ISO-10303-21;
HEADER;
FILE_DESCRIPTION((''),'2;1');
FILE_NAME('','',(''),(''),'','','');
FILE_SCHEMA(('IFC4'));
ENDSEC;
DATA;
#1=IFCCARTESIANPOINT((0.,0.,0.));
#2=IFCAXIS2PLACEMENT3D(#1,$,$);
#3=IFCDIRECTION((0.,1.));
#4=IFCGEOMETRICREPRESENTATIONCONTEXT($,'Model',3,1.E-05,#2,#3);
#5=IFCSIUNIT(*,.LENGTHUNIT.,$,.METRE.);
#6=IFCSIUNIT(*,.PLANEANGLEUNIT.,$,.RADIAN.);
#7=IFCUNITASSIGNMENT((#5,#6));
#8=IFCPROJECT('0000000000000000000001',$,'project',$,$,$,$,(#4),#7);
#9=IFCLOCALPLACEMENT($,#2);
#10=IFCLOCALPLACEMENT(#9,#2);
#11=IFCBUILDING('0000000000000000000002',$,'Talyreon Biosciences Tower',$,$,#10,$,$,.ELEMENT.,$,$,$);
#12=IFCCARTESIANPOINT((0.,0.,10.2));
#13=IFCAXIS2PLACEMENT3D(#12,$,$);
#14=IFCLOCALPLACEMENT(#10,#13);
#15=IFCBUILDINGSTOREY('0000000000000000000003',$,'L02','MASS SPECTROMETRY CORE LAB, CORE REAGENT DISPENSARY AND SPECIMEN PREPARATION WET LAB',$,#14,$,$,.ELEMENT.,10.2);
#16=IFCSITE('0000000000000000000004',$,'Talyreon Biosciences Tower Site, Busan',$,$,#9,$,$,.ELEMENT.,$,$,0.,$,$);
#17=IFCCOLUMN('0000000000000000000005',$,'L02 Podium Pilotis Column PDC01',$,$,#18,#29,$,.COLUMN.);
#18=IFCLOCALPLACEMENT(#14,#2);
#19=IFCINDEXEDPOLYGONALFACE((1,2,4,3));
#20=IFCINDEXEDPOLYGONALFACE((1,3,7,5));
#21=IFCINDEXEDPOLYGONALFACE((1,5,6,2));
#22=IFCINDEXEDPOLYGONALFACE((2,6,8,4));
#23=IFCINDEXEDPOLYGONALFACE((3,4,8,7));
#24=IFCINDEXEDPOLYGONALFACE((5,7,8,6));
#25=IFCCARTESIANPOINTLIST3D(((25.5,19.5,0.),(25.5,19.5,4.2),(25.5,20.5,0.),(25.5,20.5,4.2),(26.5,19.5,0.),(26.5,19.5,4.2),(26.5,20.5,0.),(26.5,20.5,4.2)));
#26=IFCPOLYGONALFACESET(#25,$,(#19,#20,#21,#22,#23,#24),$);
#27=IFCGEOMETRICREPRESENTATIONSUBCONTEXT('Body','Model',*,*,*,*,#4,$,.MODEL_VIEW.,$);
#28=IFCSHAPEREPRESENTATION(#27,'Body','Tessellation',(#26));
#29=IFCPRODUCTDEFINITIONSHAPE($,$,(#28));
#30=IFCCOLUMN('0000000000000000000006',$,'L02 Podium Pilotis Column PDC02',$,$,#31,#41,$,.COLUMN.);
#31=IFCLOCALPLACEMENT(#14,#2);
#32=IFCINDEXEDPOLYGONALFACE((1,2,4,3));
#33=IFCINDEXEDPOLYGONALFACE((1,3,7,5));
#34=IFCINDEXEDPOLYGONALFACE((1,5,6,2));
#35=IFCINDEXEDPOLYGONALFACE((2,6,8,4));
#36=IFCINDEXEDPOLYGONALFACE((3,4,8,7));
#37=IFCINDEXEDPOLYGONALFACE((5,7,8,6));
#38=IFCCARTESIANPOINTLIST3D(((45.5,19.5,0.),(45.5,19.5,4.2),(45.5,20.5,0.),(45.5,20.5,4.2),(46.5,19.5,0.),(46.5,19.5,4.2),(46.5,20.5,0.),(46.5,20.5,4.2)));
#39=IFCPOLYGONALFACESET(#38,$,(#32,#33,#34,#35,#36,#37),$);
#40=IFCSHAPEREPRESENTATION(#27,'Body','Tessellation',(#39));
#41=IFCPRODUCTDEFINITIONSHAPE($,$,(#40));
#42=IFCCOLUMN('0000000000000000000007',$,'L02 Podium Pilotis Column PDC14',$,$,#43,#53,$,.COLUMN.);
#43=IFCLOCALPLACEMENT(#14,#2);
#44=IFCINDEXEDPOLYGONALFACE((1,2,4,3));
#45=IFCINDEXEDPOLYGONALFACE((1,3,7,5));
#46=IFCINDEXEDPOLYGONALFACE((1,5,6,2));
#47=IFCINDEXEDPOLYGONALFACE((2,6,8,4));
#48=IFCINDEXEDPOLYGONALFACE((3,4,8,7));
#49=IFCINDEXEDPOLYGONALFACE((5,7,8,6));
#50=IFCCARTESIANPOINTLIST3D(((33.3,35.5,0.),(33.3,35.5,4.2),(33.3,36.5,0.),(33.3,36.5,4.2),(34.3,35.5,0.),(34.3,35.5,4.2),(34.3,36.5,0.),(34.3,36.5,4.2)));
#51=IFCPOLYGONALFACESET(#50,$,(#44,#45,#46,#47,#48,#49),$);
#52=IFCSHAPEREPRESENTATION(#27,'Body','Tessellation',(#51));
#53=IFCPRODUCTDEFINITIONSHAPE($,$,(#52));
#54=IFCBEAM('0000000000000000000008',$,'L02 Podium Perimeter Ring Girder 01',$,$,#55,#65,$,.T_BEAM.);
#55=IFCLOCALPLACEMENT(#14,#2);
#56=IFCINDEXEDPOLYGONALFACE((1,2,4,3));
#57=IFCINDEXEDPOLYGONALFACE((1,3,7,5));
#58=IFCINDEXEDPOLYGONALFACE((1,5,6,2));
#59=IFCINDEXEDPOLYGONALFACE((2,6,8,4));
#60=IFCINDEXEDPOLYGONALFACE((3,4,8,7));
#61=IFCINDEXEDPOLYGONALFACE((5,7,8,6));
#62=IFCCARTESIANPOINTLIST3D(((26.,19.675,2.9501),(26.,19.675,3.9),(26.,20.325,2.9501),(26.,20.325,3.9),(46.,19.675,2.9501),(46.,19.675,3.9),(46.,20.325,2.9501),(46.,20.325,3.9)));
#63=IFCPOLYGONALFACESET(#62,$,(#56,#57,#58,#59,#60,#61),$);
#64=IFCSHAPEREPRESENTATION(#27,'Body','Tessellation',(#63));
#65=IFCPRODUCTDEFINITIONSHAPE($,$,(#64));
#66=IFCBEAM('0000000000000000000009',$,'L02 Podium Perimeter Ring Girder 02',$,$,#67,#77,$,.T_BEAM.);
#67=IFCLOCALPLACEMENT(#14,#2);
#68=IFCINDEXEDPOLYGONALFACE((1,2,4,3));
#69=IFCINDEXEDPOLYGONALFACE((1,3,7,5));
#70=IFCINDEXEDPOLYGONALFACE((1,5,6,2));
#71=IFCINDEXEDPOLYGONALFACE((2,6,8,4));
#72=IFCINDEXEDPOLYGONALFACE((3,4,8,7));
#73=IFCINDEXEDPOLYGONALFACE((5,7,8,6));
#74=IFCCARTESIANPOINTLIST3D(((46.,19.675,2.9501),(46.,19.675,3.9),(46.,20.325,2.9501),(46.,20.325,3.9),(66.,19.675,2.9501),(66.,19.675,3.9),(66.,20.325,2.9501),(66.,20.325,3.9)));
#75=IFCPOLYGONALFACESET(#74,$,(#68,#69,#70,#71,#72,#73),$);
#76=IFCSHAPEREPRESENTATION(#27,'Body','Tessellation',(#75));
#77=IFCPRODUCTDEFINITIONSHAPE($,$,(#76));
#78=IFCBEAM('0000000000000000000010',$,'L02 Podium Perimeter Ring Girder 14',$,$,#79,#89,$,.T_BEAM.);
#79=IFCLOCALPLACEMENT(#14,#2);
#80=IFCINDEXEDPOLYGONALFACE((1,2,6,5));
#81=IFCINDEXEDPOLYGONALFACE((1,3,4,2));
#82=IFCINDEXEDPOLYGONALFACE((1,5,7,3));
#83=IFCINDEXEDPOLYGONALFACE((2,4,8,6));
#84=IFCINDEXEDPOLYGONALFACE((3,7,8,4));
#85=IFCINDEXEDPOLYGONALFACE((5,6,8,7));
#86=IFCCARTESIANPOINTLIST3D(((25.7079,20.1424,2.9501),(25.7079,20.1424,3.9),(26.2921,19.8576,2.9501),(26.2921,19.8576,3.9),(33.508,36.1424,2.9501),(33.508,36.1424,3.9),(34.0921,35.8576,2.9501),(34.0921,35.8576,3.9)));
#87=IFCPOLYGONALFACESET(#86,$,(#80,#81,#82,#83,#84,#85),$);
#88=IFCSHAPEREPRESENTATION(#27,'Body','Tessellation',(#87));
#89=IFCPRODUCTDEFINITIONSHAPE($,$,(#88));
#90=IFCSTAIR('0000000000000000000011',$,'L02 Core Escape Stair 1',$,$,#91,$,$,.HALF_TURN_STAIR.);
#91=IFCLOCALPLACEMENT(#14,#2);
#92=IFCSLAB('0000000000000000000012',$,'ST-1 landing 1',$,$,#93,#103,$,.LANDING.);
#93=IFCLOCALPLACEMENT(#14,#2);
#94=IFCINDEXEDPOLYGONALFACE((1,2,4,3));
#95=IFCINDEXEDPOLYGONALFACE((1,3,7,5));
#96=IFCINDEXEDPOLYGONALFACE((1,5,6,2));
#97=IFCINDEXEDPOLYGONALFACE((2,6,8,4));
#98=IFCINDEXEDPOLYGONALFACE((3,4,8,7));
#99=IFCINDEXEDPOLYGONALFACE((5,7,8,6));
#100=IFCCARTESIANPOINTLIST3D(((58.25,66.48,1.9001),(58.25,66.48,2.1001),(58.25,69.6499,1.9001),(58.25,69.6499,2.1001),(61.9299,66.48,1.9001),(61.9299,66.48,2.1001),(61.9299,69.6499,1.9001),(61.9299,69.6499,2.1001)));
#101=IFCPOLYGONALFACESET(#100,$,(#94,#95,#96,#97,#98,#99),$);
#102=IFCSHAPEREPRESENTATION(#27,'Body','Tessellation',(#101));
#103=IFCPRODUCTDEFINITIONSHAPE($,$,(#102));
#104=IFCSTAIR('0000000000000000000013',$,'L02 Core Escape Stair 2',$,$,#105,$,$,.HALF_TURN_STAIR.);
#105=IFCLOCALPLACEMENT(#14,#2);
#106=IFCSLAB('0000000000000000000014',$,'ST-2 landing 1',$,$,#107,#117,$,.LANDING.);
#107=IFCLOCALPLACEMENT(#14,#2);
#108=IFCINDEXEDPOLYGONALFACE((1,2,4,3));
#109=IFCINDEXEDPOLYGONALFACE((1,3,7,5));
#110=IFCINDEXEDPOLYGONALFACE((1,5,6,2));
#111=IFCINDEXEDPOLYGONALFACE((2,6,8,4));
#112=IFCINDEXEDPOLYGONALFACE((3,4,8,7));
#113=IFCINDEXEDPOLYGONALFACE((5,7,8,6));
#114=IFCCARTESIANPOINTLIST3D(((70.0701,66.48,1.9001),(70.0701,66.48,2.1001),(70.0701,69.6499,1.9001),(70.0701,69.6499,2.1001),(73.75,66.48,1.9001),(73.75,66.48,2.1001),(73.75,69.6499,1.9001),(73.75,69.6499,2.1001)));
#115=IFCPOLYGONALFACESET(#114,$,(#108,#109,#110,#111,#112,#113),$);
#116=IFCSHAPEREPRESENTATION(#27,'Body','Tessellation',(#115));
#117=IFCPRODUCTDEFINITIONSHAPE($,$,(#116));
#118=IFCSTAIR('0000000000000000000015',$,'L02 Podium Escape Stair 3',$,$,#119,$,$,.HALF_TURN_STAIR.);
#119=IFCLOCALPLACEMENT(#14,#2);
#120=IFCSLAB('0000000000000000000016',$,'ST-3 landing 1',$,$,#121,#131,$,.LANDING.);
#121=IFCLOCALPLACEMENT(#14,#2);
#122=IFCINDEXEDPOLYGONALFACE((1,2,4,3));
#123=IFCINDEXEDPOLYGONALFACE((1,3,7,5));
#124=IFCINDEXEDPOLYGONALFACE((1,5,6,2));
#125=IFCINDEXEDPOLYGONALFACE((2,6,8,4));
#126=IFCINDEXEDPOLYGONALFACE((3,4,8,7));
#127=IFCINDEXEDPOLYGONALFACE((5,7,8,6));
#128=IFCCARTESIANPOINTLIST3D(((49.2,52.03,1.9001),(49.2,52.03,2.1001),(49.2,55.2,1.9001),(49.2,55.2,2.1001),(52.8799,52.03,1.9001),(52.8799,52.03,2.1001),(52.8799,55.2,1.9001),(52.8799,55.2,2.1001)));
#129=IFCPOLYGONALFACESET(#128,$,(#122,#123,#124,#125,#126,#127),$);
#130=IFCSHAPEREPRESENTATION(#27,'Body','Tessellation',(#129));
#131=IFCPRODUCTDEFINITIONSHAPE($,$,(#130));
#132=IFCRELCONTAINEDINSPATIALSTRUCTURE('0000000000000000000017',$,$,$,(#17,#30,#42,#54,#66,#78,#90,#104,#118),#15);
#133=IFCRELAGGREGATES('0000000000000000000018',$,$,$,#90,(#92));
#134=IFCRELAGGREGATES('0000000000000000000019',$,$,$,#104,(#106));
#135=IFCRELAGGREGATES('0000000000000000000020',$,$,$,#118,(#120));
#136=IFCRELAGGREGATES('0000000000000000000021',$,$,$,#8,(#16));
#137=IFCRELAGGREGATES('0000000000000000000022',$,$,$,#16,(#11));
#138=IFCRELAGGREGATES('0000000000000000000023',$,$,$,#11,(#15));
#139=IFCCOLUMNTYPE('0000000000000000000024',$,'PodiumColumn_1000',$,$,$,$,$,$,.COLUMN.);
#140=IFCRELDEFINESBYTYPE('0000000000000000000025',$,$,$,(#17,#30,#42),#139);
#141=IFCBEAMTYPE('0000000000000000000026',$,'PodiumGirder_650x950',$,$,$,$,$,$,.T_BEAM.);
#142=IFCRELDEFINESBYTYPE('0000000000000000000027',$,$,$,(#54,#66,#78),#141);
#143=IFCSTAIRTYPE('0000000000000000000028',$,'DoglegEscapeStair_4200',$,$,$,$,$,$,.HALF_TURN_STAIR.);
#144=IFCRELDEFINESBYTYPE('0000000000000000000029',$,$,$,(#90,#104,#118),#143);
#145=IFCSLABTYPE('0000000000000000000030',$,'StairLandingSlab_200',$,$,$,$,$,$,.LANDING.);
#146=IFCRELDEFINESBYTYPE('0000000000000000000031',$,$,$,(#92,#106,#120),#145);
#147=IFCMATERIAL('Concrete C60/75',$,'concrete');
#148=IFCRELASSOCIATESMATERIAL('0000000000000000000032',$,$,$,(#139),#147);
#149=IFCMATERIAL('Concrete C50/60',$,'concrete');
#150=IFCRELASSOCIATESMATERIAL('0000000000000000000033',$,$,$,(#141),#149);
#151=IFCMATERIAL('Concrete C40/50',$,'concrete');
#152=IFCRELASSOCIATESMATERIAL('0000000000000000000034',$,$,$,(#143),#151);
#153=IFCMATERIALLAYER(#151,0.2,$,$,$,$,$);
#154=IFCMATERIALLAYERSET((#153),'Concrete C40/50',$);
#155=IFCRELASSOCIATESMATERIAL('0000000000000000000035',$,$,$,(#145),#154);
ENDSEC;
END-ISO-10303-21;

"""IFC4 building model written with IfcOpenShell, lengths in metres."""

from ifc_helpers import new_model, si_unit, direction, frame, origin, origin_2d, place, context, subcontext, project, spatial, polyline, rectangle, outline, extrude, material, layer, layer_set, material_profile, profile_set, type_object, element, aggregate, save


model = new_model("IFC4")

# Units and contexts
model_context = context("Model", 3, precision=1e-05, world=origin(), true_north=direction((0.0, 1.0)))
body_context = subcontext(model_context, "Body", "Model", "MODEL_VIEW")
ifc_project = project(units=[si_unit("LENGTHUNIT", "METRE"), si_unit("PLANEANGLEUNIT", "RADIAN")], contexts=[model_context])

# Site, building, storey
site_placement = place(None, origin())
site = spatial("IfcSite", under=ifc_project, at=site_placement, Name="Talyreon Biosciences Tower Site, Busan", CompositionType="ELEMENT", RefElevation=0.0)
building_placement = place(site_placement, origin())
building = spatial("IfcBuilding", under=site, at=building_placement, Name="Talyreon Biosciences Tower", CompositionType="ELEMENT")
storey_placement = place(building_placement, frame((0.0, 0.0, 10.2)))
storey = spatial("IfcBuildingStorey", under=building, at=storey_placement, Name="L02", Description="MASS SPECTROMETRY CORE LAB, CORE REAGENT DISPENSARY AND SPECIMEN PREPARATION WET LAB", CompositionType="ELEMENT", Elevation=10.2)

# Columns
ifc_material_1 = material(Name="Concrete C60/75", Category="concrete")
ifc_material_profile_1 = material_profile(ifc_material_1, rectangle(XDim=1.0, YDim=1.0, at=origin_2d()), Name="RC 1000x1000")
ifc_profile_set_1 = profile_set([ifc_material_profile_1], Name="Concrete C60/75")
column_type = type_object("IfcColumnType", Name="PodiumColumn_1000", PredefinedType="COLUMN", material=ifc_profile_set_1)
for number, where, z_axis, x_axis, name in (
    (1, (26.0, 20.0, 0.0), (0.0, 0.0, 1.0), (1.0, 0.0, 0.0), "L02 Podium Pilotis Column PDC01"),
    (2, (46.0, 20.0, 0.0), (0.0, 0.0, 1.0), (1.0, 0.0, 0.0), "L02 Podium Pilotis Column PDC02"),
    (3, (33.8, 36.0, 0.0), (0.0, 0.0, 1.0), (1.0, 0.0, 0.0), "L02 Podium Pilotis Column PDC14"),
):
    element("IfcColumn", number, at=place(storey_placement, frame(where, z_axis=z_axis, x_axis=x_axis)), inside=storey, type_object=column_type, Name=name, PredefinedType="COLUMN", context=body_context, shape_type="SweptSolid", body=[
        extrude(rectangle(XDim=1.0, YDim=1.0, at=origin_2d()), origin(), (0.0, 0.0, 1.0), 4.2),
    ])

# Beams
ifc_material_2 = material(Name="Concrete C50/60", Category="concrete")
ifc_material_profile_2 = material_profile(ifc_material_2, rectangle(XDim=0.6499, YDim=0.95, at=origin_2d()), Name="RCB 650x950")
ifc_profile_set_2 = profile_set([ifc_material_profile_2], Name="Concrete C50/60")
beam_type = type_object("IfcBeamType", Name="PodiumGirder_650x950", PredefinedType="T_BEAM", material=ifc_profile_set_2)
for number, where, z_axis, x_axis, name in (
    (4, (26.0, 20.0, 3.425), (1.0, 0.0, 0.0), (0.0, 1.0, 0.0), "L02 Podium Perimeter Ring Girder 01"),
    (5, (46.0, 20.0, 3.425), (1.0, 0.0, 0.0), (0.0, 1.0, 0.0), "L02 Podium Perimeter Ring Girder 02"),
):
    element("IfcBeam", number, at=place(storey_placement, frame(where, z_axis=z_axis, x_axis=x_axis)), inside=storey, type_object=beam_type, Name=name, PredefinedType="T_BEAM", context=body_context, shape_type="SweptSolid", body=[
        extrude(rectangle(XDim=0.6499, YDim=0.95, at=origin_2d()), origin(), (0.0, 0.0, 1.0), 20.0),
    ])
beam_placement = place(storey_placement, frame((33.8, 36.0, 3.425), z_axis=(-0.438204, -0.898875, 0.0), x_axis=(0.898875, -0.438204, 0.0)))
element("IfcBeam", 6, at=beam_placement, inside=storey, type_object=beam_type, Name="L02 Podium Perimeter Ring Girder 14", PredefinedType="T_BEAM", context=body_context, shape_type="SweptSolid", body=[
    extrude(rectangle(XDim=0.6499, YDim=0.95, at=origin_2d()), origin(), (0.0, 0.0, 1.0), 17.8),
])

# Stairs, slabs
ifc_material_3 = material(Name="Concrete C40/50", Category="concrete")
stair_type = type_object("IfcStairType", Name="DoglegEscapeStair_4200", PredefinedType="HALF_TURN_STAIR", material=ifc_material_3)
stair_1_placement = place(storey_placement, origin())
stair_1 = element("IfcStair", 7, at=stair_1_placement, inside=storey, type_object=stair_type, Name="L02 Core Escape Stair 1", PredefinedType="HALF_TURN_STAIR")
ifc_layer_1 = layer(ifc_material_3, 0.2)
ifc_layer_set_1 = layer_set([ifc_layer_1], Name="Concrete C40/50")
slab_type_1 = type_object("IfcSlabType", Name="StairLandingSlab_200", PredefinedType="LANDING", material=ifc_layer_set_1)
slab_1_placement = place(storey_placement, frame((0.0, 0.0, 1.9001)))
slab_1 = element("IfcSlab", 8, at=slab_1_placement, type_object=slab_type_1, Name="ST-1 landing 1", PredefinedType="LANDING", context=body_context, shape_type="SweptSolid", body=[
    extrude(outline(polyline([(61.9299, 66.48), (61.9299, 69.6499), (58.25, 69.6499), (58.25, 66.48), (61.9299, 66.48)])), origin(), (0.0, 0.0, 1.0), 0.2),
])
aggregate(stair_1, [slab_1])
stair_2_placement = place(storey_placement, origin())
stair_2 = element("IfcStair", 9, at=stair_2_placement, inside=storey, type_object=stair_type, Name="L02 Core Escape Stair 2", PredefinedType="HALF_TURN_STAIR")
slab_2_placement = place(storey_placement, frame((0.0, 0.0, 1.9001)))
slab_2 = element("IfcSlab", 10, at=slab_2_placement, type_object=slab_type_1, Name="ST-2 landing 1", PredefinedType="LANDING", context=body_context, shape_type="SweptSolid", body=[
    extrude(outline(polyline([(73.75, 66.48), (73.75, 69.6499), (70.0701, 69.6499), (70.0701, 66.48), (73.75, 66.48)])), origin(), (0.0, 0.0, 1.0), 0.2),
])
aggregate(stair_2, [slab_2])
stair_3_placement = place(storey_placement, origin())
stair_3 = element("IfcStair", 11, at=stair_3_placement, inside=storey, type_object=stair_type, Name="L02 Podium Escape Stair 3", PredefinedType="HALF_TURN_STAIR")
slab_3_placement = place(storey_placement, frame((0.0, 0.0, 1.9001)))
slab_3 = element("IfcSlab", 12, at=slab_3_placement, type_object=slab_type_1, Name="ST-3 landing 1", PredefinedType="LANDING", context=body_context, shape_type="SweptSolid", body=[
    extrude(outline(polyline([(52.8799, 52.03), (52.8799, 55.2), (49.2, 55.2), (49.2, 52.03), (52.8799, 52.03)])), origin(), (0.0, 0.0, 1.0), 0.2),
])
aggregate(stair_3, [slab_3])

save(model, "model.ifc")
